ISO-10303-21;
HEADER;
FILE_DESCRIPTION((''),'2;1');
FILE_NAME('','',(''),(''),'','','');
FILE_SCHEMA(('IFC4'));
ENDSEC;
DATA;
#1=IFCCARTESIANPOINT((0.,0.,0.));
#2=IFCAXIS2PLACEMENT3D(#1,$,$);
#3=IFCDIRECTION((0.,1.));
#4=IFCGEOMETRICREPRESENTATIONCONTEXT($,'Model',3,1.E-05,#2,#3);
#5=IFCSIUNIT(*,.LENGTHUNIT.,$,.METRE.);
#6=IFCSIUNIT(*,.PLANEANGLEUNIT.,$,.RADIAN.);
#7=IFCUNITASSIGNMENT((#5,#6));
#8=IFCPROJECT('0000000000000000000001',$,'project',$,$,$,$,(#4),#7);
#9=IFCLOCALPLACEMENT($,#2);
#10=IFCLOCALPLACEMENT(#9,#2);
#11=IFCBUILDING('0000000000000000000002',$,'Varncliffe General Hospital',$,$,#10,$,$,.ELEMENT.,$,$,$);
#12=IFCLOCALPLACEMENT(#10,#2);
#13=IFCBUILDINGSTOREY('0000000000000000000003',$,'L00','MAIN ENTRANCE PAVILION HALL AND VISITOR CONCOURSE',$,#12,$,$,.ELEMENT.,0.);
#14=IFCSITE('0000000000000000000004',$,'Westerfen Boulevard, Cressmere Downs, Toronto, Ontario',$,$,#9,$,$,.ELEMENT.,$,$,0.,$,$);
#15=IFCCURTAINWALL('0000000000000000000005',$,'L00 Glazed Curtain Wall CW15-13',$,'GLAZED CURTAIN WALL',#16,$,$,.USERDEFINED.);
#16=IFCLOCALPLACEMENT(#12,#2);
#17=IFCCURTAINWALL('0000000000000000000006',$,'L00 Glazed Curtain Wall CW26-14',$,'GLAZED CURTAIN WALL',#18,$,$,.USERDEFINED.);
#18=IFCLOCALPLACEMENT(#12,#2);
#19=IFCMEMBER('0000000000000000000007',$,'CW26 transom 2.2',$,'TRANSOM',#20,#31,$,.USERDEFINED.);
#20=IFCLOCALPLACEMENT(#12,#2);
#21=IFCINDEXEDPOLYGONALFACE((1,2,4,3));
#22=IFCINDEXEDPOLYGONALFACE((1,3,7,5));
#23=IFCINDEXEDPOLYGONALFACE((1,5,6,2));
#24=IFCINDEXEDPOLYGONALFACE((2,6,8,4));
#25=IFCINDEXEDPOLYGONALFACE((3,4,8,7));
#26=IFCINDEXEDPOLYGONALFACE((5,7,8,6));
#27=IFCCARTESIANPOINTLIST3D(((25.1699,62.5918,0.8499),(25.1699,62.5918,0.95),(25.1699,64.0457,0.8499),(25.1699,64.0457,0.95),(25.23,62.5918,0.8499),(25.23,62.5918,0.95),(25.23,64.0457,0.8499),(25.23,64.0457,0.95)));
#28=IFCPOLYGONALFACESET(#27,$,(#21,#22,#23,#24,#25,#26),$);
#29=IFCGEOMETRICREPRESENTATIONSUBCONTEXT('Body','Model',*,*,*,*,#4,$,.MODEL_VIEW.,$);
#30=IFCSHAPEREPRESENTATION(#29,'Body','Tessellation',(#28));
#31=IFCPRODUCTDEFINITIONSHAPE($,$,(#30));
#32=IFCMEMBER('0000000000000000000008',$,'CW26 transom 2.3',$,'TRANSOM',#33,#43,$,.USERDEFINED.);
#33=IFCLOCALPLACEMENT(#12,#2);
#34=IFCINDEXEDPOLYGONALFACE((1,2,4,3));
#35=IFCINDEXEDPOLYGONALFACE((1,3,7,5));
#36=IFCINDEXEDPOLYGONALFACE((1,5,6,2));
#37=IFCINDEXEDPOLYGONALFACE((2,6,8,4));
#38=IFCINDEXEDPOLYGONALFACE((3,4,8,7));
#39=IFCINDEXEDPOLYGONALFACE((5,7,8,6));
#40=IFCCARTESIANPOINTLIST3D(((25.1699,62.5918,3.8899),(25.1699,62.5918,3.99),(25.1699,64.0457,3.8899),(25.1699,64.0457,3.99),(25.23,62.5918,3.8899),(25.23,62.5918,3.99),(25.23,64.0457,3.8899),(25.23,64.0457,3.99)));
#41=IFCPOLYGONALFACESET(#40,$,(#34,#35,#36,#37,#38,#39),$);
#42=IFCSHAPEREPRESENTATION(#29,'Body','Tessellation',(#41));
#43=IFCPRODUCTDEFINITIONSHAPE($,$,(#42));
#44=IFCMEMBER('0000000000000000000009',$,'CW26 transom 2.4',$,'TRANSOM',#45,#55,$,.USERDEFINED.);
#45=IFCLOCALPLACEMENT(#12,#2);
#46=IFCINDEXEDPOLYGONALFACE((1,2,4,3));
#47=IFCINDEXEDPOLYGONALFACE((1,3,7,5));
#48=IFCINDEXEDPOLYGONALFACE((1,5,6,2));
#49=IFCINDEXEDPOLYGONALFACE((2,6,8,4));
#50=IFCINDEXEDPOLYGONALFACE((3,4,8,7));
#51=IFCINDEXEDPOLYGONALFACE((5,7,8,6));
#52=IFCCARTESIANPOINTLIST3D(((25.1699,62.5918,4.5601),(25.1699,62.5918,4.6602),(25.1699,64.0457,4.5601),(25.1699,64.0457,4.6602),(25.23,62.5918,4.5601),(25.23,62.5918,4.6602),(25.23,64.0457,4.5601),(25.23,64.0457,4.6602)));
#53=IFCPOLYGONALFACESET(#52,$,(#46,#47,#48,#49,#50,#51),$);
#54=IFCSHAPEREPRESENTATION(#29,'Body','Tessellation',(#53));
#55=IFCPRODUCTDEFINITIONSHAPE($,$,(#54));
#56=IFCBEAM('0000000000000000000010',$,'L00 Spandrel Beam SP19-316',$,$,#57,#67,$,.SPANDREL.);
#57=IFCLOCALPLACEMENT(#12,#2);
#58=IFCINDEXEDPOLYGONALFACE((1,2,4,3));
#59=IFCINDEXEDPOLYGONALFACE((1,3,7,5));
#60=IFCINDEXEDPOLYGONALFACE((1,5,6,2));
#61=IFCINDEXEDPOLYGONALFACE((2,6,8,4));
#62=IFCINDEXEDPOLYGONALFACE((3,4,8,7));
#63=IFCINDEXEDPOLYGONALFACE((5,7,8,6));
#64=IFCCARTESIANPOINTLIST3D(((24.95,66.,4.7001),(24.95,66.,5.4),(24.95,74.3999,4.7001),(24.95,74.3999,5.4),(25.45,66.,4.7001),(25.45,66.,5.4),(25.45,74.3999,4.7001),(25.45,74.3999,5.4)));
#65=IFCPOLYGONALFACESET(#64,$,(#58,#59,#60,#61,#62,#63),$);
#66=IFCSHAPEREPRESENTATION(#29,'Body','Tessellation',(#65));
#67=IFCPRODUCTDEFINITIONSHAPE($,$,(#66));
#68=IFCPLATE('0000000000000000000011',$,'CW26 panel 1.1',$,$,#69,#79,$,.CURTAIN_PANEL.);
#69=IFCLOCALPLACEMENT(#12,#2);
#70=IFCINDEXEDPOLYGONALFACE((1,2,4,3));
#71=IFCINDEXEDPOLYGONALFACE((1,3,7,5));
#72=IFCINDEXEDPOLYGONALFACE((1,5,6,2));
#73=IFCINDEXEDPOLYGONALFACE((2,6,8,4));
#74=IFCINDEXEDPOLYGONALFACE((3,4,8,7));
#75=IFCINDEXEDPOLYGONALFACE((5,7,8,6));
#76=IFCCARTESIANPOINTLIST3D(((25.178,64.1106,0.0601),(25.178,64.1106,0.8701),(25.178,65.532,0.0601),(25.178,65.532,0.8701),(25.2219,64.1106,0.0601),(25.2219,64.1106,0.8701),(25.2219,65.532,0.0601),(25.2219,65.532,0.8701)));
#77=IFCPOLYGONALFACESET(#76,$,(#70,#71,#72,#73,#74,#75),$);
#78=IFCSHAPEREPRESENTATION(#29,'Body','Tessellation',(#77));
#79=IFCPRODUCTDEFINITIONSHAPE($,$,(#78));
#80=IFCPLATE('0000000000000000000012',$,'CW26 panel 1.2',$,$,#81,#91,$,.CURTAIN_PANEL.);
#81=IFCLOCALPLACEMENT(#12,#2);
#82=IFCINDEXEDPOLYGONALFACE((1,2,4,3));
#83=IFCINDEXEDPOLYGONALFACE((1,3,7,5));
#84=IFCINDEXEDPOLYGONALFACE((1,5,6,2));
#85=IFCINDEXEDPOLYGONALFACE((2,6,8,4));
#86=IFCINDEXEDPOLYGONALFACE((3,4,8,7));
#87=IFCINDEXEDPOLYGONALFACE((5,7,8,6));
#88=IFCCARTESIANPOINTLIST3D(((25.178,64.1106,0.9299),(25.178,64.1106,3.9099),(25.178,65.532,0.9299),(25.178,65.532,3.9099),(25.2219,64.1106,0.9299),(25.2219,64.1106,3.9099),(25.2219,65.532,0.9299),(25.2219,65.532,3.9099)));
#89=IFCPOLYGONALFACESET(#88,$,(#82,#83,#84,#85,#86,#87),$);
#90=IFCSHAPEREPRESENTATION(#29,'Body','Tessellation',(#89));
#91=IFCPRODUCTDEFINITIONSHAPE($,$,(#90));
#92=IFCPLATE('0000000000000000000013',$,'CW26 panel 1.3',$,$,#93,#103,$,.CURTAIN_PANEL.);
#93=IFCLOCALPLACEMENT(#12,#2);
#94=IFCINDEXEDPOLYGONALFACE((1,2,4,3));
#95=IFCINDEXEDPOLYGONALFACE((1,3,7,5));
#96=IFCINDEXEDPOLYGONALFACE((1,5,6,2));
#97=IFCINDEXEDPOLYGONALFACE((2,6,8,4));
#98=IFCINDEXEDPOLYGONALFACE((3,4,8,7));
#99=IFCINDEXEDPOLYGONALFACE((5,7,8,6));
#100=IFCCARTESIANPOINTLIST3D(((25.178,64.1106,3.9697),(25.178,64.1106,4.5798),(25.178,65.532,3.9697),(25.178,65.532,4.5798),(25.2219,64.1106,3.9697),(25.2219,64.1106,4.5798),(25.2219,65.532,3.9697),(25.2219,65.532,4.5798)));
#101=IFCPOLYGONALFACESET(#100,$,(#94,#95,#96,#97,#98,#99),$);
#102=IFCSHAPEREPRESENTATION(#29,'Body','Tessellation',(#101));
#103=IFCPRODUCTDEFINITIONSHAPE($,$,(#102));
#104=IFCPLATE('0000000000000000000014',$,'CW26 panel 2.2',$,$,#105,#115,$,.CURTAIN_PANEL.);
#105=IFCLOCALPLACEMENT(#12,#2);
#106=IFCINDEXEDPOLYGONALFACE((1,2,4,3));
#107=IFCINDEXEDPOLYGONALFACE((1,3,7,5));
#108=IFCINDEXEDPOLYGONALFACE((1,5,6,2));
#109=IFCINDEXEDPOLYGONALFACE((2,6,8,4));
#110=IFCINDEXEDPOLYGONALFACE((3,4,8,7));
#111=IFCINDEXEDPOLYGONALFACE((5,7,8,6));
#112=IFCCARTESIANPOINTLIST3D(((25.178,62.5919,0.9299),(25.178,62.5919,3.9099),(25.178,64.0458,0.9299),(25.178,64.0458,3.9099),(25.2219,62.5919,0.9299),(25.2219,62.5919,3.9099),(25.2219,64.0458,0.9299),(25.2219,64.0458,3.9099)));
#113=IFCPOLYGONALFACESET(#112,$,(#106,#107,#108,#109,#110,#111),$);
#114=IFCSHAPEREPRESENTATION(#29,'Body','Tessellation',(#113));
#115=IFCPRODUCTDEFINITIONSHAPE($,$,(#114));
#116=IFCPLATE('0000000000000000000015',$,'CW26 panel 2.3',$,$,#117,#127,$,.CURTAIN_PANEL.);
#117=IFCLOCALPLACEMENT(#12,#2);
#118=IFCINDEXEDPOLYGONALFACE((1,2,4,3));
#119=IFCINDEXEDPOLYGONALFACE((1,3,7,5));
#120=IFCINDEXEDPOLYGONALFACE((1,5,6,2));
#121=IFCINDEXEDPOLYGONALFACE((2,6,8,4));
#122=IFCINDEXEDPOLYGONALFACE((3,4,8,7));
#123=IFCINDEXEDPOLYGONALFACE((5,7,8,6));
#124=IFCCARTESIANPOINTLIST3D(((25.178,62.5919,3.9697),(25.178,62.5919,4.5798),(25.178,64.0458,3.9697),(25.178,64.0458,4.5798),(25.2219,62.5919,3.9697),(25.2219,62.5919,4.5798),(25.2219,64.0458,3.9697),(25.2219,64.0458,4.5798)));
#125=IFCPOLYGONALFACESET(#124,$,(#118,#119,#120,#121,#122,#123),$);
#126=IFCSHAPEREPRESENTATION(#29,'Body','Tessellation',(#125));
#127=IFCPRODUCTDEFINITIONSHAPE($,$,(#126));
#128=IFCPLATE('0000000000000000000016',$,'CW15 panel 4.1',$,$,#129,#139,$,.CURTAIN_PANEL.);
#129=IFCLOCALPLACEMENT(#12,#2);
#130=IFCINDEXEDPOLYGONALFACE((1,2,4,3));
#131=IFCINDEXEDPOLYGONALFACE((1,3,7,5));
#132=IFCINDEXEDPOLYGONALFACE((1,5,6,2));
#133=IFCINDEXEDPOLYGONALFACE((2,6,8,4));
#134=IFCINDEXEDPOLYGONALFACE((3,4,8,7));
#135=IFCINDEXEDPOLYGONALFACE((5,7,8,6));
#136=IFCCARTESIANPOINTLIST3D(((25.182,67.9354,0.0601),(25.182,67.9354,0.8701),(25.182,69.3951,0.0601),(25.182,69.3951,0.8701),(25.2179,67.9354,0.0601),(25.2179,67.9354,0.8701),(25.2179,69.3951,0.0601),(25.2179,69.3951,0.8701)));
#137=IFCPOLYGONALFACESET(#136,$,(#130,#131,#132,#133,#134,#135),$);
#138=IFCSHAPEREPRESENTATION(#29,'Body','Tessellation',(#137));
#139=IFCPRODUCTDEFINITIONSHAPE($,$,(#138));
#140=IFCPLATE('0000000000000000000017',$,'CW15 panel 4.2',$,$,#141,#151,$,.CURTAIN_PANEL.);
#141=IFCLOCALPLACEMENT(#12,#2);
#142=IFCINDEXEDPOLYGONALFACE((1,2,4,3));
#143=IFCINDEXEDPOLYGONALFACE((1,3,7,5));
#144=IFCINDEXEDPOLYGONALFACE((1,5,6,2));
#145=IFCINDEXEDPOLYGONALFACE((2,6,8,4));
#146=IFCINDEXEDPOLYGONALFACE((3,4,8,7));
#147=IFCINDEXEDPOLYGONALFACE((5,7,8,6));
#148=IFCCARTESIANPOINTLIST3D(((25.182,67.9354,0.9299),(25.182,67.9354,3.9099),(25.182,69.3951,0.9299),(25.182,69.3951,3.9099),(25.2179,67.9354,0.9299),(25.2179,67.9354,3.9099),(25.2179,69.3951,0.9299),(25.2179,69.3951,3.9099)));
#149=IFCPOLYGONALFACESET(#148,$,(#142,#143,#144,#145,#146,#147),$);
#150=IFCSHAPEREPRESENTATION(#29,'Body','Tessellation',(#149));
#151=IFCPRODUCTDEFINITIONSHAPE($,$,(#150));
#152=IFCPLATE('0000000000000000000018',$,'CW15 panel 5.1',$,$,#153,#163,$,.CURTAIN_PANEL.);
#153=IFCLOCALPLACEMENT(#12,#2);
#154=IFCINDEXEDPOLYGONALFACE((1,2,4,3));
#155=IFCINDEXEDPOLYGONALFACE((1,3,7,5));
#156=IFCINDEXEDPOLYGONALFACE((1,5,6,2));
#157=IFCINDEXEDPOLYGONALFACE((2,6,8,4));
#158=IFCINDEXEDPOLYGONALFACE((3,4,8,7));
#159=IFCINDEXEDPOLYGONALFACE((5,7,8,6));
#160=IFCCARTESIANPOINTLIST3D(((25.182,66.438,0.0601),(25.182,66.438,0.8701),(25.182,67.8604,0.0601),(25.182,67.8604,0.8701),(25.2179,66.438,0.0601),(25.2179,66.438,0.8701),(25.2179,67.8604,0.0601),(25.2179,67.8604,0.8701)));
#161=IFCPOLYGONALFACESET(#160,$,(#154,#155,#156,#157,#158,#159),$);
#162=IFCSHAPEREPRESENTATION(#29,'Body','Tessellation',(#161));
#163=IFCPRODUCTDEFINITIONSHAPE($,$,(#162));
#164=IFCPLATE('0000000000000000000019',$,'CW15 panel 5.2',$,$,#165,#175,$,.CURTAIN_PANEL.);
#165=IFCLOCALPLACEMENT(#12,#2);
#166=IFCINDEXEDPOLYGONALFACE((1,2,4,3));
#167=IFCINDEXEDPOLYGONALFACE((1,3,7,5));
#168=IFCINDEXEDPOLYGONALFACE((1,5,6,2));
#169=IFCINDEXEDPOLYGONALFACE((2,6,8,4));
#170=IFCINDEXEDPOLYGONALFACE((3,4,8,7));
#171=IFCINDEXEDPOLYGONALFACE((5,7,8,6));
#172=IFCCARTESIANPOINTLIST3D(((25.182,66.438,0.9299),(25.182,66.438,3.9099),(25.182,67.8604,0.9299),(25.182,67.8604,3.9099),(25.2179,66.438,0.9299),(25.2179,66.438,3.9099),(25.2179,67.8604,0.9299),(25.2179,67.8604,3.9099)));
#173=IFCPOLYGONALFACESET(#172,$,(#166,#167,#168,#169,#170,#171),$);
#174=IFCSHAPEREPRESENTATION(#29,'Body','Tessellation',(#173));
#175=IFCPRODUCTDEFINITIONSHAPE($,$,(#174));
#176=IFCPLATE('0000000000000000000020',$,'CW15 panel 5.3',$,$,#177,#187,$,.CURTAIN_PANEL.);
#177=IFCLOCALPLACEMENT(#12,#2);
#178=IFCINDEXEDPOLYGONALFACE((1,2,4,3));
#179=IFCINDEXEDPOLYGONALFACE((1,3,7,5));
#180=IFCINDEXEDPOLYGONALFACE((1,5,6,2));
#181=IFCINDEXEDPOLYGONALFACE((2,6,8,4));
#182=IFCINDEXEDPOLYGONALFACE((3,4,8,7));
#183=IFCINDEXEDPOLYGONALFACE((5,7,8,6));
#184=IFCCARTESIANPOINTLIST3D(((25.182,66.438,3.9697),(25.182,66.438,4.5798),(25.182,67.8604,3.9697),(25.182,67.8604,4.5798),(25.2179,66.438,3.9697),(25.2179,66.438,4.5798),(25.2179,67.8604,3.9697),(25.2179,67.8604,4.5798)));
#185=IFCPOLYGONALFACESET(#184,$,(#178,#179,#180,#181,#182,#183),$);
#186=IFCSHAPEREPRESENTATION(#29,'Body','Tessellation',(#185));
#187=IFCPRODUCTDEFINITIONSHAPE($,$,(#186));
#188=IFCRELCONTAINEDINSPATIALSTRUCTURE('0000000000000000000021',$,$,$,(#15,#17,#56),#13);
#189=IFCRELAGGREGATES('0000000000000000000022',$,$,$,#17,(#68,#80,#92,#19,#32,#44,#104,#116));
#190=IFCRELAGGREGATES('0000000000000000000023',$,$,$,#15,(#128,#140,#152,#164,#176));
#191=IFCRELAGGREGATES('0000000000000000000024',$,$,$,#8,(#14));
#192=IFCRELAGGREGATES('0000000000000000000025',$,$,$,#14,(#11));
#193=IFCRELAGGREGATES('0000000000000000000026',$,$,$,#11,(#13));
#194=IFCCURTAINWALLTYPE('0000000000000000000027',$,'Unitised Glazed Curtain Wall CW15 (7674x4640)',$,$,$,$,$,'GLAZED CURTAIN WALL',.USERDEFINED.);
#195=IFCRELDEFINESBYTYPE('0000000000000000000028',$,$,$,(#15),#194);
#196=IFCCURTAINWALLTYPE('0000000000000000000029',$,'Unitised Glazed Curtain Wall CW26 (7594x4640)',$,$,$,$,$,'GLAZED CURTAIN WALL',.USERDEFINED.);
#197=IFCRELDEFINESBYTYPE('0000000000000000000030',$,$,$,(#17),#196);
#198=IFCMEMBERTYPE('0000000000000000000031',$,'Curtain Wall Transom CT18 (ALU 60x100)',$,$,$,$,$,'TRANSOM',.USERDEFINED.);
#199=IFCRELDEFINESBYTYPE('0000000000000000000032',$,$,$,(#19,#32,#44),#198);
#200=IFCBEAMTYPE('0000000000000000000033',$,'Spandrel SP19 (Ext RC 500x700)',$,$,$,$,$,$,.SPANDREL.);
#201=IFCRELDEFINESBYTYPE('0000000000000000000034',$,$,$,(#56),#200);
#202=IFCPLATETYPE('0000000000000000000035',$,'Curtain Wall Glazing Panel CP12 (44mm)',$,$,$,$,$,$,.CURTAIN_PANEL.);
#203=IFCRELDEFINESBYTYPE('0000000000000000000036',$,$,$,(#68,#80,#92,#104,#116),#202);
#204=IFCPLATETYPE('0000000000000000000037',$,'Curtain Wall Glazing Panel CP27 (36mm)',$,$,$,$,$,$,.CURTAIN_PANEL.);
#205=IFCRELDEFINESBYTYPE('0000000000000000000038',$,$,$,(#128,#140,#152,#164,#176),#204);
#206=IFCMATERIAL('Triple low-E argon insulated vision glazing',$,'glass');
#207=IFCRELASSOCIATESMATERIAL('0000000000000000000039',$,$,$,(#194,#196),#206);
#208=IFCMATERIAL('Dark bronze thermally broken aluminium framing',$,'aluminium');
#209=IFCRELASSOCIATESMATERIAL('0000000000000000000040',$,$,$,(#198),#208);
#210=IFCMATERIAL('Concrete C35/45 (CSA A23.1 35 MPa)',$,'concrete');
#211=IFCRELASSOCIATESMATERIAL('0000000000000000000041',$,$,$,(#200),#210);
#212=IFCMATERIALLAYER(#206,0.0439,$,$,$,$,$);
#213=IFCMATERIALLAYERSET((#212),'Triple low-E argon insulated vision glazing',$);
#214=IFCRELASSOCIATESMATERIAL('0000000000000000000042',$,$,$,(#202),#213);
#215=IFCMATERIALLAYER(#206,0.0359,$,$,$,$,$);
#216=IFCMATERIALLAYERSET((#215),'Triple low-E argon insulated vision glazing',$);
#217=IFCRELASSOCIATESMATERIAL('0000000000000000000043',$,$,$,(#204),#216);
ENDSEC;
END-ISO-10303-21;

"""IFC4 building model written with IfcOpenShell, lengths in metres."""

from ifc_helpers import new_model, si_unit, direction, frame, origin, origin_2d, place, context, subcontext, project, spatial, rectangle, extrude, material, layer, layer_set, material_profile, profile_set, type_object, element, aggregate, save


model = new_model("IFC4")

# Units and contexts
model_context = context("Model", 3, precision=1e-05, world=origin(), true_north=direction((0.0, 1.0)))
body_context = subcontext(model_context, "Body", "Model", "MODEL_VIEW")
ifc_project = project(units=[si_unit("LENGTHUNIT", "METRE"), si_unit("PLANEANGLEUNIT", "RADIAN")], contexts=[model_context])

# Site, building, storey
site_placement = place(None, origin())
site = spatial("IfcSite", under=ifc_project, at=site_placement, Name="Westerfen Boulevard, Cressmere Downs, Toronto, Ontario", CompositionType="ELEMENT", RefElevation=0.0)
building_placement = place(site_placement, origin())
building = spatial("IfcBuilding", under=site, at=building_placement, Name="Varncliffe General Hospital", CompositionType="ELEMENT")
storey_placement = place(building_placement, origin())
storey = spatial("IfcBuildingStorey", under=building, at=storey_placement, Name="L00", Description="MAIN ENTRANCE PAVILION HALL AND VISITOR CONCOURSE", CompositionType="ELEMENT", Elevation=0.0)

# Curtain walls
ifc_material_1 = material(Name="Triple low-E argon insulated vision glazing", Category="glass")
curtain_wall_type_1 = type_object("IfcCurtainWallType", Name="Unitised Glazed Curtain Wall CW15 (7674x4640)", ElementType="GLAZED CURTAIN WALL", PredefinedType="USERDEFINED", material=ifc_material_1)
curtain_wall_1_placement = place(storey_placement, origin())
curtain_wall_1 = element("IfcCurtainWall", 1, at=curtain_wall_1_placement, inside=storey, type_object=curtain_wall_type_1, Name="L00 Glazed Curtain Wall CW15-13", ObjectType="GLAZED CURTAIN WALL", PredefinedType="USERDEFINED")
ifc_material_2 = material(Name="Dark bronze thermally broken aluminium framing", Category="aluminium")
curtain_wall_type_2 = type_object("IfcCurtainWallType", Name="Unitised Glazed Curtain Wall CW26 (7594x4640)", ElementType="GLAZED CURTAIN WALL", PredefinedType="USERDEFINED", material=ifc_material_1)
curtain_wall_2_placement = place(storey_placement, origin())
curtain_wall_2 = element("IfcCurtainWall", 2, at=curtain_wall_2_placement, inside=storey, type_object=curtain_wall_type_2, Name="L00 Glazed Curtain Wall CW26-14", ObjectType="GLAZED CURTAIN WALL", PredefinedType="USERDEFINED")

# Members
ifc_material_profile_1 = material_profile(ifc_material_2, rectangle(XDim=0.0601, YDim=0.1001, at=origin_2d()), Name="ALU 60x100")
ifc_profile_set_1 = profile_set([ifc_material_profile_1], Name="Dark bronze thermally broken aluminium framing")
member_type_1 = type_object("IfcMemberType", Name="Curtain Wall Transom CT18 (ALU 60x100)", ElementType="TRANSOM", PredefinedType="USERDEFINED", material=ifc_profile_set_1)
member_1_placement = place(storey_placement, frame((25.2, 64.0457, 0.8999), z_axis=(0.0, -1.0, 0.0), x_axis=(1.0, 0.0, 0.0)))
member_1 = element("IfcMember", 3, at=member_1_placement, type_object=member_type_1, Name="CW26 transom 2.2", ObjectType="TRANSOM", PredefinedType="USERDEFINED", context=body_context, shape_type="SweptSolid", body=[
    extrude(rectangle(XDim=0.0601, YDim=0.1001, at=origin_2d()), origin(), (0.0, 0.0, 1.0), 1.4539),
])
member_2_placement = place(storey_placement, frame((25.2, 64.0457, 3.9399), z_axis=(0.0, -1.0, 0.0), x_axis=(1.0, 0.0, 0.0)))
member_2 = element("IfcMember", 4, at=member_2_placement, type_object=member_type_1, Name="CW26 transom 2.3", ObjectType="TRANSOM", PredefinedType="USERDEFINED", context=body_context, shape_type="SweptSolid", body=[
    extrude(rectangle(XDim=0.0601, YDim=0.1001, at=origin_2d()), origin(), (0.0, 0.0, 1.0), 1.4539),
])
member_3_placement = place(storey_placement, frame((25.2, 64.0457, 4.6101), z_axis=(0.0, -1.0, 0.0), x_axis=(1.0, 0.0, 0.0)))
member_3 = element("IfcMember", 5, at=member_3_placement, type_object=member_type_1, Name="CW26 transom 2.4", ObjectType="TRANSOM", PredefinedType="USERDEFINED", context=body_context, shape_type="SweptSolid", body=[
    extrude(rectangle(XDim=0.0601, YDim=0.1001, at=origin_2d()), origin(), (0.0, 0.0, 1.0), 1.4539),
])

# Beam
ifc_material_3 = material(Name="Concrete C35/45 (CSA A23.1 35 MPa)", Category="concrete")
ifc_material_profile_2 = material_profile(ifc_material_3, rectangle(XDim=0.5, YDim=0.7, at=origin_2d()), Name="RC 500x700")
ifc_profile_set_2 = profile_set([ifc_material_profile_2], Name="Concrete C35/45 (CSA A23.1 35 MPa)")
beam_type = type_object("IfcBeamType", Name="Spandrel SP19 (Ext RC 500x700)", PredefinedType="SPANDREL", material=ifc_profile_set_2)
beam_placement = place(storey_placement, frame((25.2, 66.0, 5.05), z_axis=(0.0, 1.0, 0.0), x_axis=(-1.0, 0.0, 0.0)))
element("IfcBeam", 6, at=beam_placement, inside=storey, type_object=beam_type, Name="L00 Spandrel Beam SP19-316", PredefinedType="SPANDREL", context=body_context, shape_type="SweptSolid", body=[
    extrude(rectangle(XDim=0.5, YDim=0.7, at=origin_2d()), origin(), (0.0, 0.0, 1.0), 8.3999),
])

# Plates
ifc_layer_1 = layer(ifc_material_1, 0.0439)
ifc_layer_set_1 = layer_set([ifc_layer_1], Name="Triple low-E argon insulated vision glazing")
plate_type_1 = type_object("IfcPlateType", Name="Curtain Wall Glazing Panel CP12 (44mm)", PredefinedType="CURTAIN_PANEL", material=ifc_layer_set_1)
plate_1_placement = place(storey_placement, frame((25.2, 64.8213, 0.0601), z_axis=(0.0, 0.0, 1.0), x_axis=(0.0, -1.0, 0.0)))
plate_1 = element("IfcPlate", 7, at=plate_1_placement, type_object=plate_type_1, Name="CW26 panel 1.1", PredefinedType="CURTAIN_PANEL", context=body_context, shape_type="SweptSolid", body=[
    extrude(rectangle(XDim=1.4214, YDim=0.0439, at=origin_2d()), origin(), (0.0, 0.0, 1.0), 0.8101),
])
plate_2_placement = place(storey_placement, frame((25.2, 64.8213, 0.9299), z_axis=(0.0, 0.0, 1.0), x_axis=(0.0, -1.0, 0.0)))
plate_2 = element("IfcPlate", 8, at=plate_2_placement, type_object=plate_type_1, Name="CW26 panel 1.2", PredefinedType="CURTAIN_PANEL", context=body_context, shape_type="SweptSolid", body=[
    extrude(rectangle(XDim=1.4214, YDim=0.0439, at=origin_2d()), origin(), (0.0, 0.0, 1.0), 2.98),
])
plate_3_placement = place(storey_placement, frame((25.2, 64.8213, 3.9697), z_axis=(0.0, 0.0, 1.0), x_axis=(0.0, -1.0, 0.0)))
plate_3 = element("IfcPlate", 9, at=plate_3_placement, type_object=plate_type_1, Name="CW26 panel 1.3", PredefinedType="CURTAIN_PANEL", context=body_context, shape_type="SweptSolid", body=[
    extrude(rectangle(XDim=1.4214, YDim=0.0439, at=origin_2d()), origin(), (0.0, 0.0, 1.0), 0.6101),
])
plate_4_placement = place(storey_placement, frame((25.2, 63.3188, 0.9299), z_axis=(0.0, 0.0, 1.0), x_axis=(0.0, -1.0, 0.0)))
plate_4 = element("IfcPlate", 10, at=plate_4_placement, type_object=plate_type_1, Name="CW26 panel 2.2", PredefinedType="CURTAIN_PANEL", context=body_context, shape_type="SweptSolid", body=[
    extrude(rectangle(XDim=1.4539, YDim=0.0439, at=origin_2d()), origin(), (0.0, 0.0, 1.0), 2.98),
])
plate_5_placement = place(storey_placement, frame((25.2, 63.3188, 3.9697), z_axis=(0.0, 0.0, 1.0), x_axis=(0.0, -1.0, 0.0)))
plate_5 = element("IfcPlate", 11, at=plate_5_placement, type_object=plate_type_1, Name="CW26 panel 2.3", PredefinedType="CURTAIN_PANEL", context=body_context, shape_type="SweptSolid", body=[
    extrude(rectangle(XDim=1.4539, YDim=0.0439, at=origin_2d()), origin(), (0.0, 0.0, 1.0), 0.6101),
])
aggregate(curtain_wall_2, [plate_1, plate_2, plate_3, member_1, member_2, member_3, plate_4, plate_5])
ifc_layer_2 = layer(ifc_material_1, 0.0359)
ifc_layer_set_2 = layer_set([ifc_layer_2], Name="Triple low-E argon insulated vision glazing")
plate_type_2 = type_object("IfcPlateType", Name="Curtain Wall Glazing Panel CP27 (36mm)", PredefinedType="CURTAIN_PANEL", material=ifc_layer_set_2)
plate_6_placement = place(storey_placement, frame((25.2, 68.6653, 0.0601), z_axis=(0.0, 0.0, 1.0), x_axis=(0.0, -1.0, 0.0)))
plate_6 = element("IfcPlate", 12, at=plate_6_placement, type_object=plate_type_2, Name="CW15 panel 4.1", PredefinedType="CURTAIN_PANEL", context=body_context, shape_type="SweptSolid", body=[
    extrude(rectangle(XDim=1.4597, YDim=0.0359, at=origin_2d()), origin(), (0.0, 0.0, 1.0), 0.8101),
])
plate_7_placement = place(storey_placement, frame((25.2, 68.6653, 0.9299), z_axis=(0.0, 0.0, 1.0), x_axis=(0.0, -1.0, 0.0)))
plate_7 = element("IfcPlate", 13, at=plate_7_placement, type_object=plate_type_2, Name="CW15 panel 4.2", PredefinedType="CURTAIN_PANEL", context=body_context, shape_type="SweptSolid", body=[
    extrude(rectangle(XDim=1.4597, YDim=0.0359, at=origin_2d()), origin(), (0.0, 0.0, 1.0), 2.98),
])
plate_8_placement = place(storey_placement, frame((25.2, 67.1492, 0.0601), z_axis=(0.0, 0.0, 1.0), x_axis=(0.0, -1.0, 0.0)))
plate_8 = element("IfcPlate", 14, at=plate_8_placement, type_object=plate_type_2, Name="CW15 panel 5.1", PredefinedType="CURTAIN_PANEL", context=body_context, shape_type="SweptSolid", body=[
    extrude(rectangle(XDim=1.4224, YDim=0.0359, at=origin_2d()), origin(), (0.0, 0.0, 1.0), 0.8101),
])
plate_9_placement = place(storey_placement, frame((25.2, 67.1492, 0.9299), z_axis=(0.0, 0.0, 1.0), x_axis=(0.0, -1.0, 0.0)))
plate_9 = element("IfcPlate", 15, at=plate_9_placement, type_object=plate_type_2, Name="CW15 panel 5.2", PredefinedType="CURTAIN_PANEL", context=body_context, shape_type="SweptSolid", body=[
    extrude(rectangle(XDim=1.4224, YDim=0.0359, at=origin_2d()), origin(), (0.0, 0.0, 1.0), 2.98),
])
plate_10_placement = place(storey_placement, frame((25.2, 67.1492, 3.9697), z_axis=(0.0, 0.0, 1.0), x_axis=(0.0, -1.0, 0.0)))
plate_10 = element("IfcPlate", 16, at=plate_10_placement, type_object=plate_type_2, Name="CW15 panel 5.3", PredefinedType="CURTAIN_PANEL", context=body_context, shape_type="SweptSolid", body=[
    extrude(rectangle(XDim=1.4224, YDim=0.0359, at=origin_2d()), origin(), (0.0, 0.0, 1.0), 0.6101),
])
aggregate(curtain_wall_1, [plate_6, plate_7, plate_8, plate_9, plate_10])

save(model, "model.ifc")
